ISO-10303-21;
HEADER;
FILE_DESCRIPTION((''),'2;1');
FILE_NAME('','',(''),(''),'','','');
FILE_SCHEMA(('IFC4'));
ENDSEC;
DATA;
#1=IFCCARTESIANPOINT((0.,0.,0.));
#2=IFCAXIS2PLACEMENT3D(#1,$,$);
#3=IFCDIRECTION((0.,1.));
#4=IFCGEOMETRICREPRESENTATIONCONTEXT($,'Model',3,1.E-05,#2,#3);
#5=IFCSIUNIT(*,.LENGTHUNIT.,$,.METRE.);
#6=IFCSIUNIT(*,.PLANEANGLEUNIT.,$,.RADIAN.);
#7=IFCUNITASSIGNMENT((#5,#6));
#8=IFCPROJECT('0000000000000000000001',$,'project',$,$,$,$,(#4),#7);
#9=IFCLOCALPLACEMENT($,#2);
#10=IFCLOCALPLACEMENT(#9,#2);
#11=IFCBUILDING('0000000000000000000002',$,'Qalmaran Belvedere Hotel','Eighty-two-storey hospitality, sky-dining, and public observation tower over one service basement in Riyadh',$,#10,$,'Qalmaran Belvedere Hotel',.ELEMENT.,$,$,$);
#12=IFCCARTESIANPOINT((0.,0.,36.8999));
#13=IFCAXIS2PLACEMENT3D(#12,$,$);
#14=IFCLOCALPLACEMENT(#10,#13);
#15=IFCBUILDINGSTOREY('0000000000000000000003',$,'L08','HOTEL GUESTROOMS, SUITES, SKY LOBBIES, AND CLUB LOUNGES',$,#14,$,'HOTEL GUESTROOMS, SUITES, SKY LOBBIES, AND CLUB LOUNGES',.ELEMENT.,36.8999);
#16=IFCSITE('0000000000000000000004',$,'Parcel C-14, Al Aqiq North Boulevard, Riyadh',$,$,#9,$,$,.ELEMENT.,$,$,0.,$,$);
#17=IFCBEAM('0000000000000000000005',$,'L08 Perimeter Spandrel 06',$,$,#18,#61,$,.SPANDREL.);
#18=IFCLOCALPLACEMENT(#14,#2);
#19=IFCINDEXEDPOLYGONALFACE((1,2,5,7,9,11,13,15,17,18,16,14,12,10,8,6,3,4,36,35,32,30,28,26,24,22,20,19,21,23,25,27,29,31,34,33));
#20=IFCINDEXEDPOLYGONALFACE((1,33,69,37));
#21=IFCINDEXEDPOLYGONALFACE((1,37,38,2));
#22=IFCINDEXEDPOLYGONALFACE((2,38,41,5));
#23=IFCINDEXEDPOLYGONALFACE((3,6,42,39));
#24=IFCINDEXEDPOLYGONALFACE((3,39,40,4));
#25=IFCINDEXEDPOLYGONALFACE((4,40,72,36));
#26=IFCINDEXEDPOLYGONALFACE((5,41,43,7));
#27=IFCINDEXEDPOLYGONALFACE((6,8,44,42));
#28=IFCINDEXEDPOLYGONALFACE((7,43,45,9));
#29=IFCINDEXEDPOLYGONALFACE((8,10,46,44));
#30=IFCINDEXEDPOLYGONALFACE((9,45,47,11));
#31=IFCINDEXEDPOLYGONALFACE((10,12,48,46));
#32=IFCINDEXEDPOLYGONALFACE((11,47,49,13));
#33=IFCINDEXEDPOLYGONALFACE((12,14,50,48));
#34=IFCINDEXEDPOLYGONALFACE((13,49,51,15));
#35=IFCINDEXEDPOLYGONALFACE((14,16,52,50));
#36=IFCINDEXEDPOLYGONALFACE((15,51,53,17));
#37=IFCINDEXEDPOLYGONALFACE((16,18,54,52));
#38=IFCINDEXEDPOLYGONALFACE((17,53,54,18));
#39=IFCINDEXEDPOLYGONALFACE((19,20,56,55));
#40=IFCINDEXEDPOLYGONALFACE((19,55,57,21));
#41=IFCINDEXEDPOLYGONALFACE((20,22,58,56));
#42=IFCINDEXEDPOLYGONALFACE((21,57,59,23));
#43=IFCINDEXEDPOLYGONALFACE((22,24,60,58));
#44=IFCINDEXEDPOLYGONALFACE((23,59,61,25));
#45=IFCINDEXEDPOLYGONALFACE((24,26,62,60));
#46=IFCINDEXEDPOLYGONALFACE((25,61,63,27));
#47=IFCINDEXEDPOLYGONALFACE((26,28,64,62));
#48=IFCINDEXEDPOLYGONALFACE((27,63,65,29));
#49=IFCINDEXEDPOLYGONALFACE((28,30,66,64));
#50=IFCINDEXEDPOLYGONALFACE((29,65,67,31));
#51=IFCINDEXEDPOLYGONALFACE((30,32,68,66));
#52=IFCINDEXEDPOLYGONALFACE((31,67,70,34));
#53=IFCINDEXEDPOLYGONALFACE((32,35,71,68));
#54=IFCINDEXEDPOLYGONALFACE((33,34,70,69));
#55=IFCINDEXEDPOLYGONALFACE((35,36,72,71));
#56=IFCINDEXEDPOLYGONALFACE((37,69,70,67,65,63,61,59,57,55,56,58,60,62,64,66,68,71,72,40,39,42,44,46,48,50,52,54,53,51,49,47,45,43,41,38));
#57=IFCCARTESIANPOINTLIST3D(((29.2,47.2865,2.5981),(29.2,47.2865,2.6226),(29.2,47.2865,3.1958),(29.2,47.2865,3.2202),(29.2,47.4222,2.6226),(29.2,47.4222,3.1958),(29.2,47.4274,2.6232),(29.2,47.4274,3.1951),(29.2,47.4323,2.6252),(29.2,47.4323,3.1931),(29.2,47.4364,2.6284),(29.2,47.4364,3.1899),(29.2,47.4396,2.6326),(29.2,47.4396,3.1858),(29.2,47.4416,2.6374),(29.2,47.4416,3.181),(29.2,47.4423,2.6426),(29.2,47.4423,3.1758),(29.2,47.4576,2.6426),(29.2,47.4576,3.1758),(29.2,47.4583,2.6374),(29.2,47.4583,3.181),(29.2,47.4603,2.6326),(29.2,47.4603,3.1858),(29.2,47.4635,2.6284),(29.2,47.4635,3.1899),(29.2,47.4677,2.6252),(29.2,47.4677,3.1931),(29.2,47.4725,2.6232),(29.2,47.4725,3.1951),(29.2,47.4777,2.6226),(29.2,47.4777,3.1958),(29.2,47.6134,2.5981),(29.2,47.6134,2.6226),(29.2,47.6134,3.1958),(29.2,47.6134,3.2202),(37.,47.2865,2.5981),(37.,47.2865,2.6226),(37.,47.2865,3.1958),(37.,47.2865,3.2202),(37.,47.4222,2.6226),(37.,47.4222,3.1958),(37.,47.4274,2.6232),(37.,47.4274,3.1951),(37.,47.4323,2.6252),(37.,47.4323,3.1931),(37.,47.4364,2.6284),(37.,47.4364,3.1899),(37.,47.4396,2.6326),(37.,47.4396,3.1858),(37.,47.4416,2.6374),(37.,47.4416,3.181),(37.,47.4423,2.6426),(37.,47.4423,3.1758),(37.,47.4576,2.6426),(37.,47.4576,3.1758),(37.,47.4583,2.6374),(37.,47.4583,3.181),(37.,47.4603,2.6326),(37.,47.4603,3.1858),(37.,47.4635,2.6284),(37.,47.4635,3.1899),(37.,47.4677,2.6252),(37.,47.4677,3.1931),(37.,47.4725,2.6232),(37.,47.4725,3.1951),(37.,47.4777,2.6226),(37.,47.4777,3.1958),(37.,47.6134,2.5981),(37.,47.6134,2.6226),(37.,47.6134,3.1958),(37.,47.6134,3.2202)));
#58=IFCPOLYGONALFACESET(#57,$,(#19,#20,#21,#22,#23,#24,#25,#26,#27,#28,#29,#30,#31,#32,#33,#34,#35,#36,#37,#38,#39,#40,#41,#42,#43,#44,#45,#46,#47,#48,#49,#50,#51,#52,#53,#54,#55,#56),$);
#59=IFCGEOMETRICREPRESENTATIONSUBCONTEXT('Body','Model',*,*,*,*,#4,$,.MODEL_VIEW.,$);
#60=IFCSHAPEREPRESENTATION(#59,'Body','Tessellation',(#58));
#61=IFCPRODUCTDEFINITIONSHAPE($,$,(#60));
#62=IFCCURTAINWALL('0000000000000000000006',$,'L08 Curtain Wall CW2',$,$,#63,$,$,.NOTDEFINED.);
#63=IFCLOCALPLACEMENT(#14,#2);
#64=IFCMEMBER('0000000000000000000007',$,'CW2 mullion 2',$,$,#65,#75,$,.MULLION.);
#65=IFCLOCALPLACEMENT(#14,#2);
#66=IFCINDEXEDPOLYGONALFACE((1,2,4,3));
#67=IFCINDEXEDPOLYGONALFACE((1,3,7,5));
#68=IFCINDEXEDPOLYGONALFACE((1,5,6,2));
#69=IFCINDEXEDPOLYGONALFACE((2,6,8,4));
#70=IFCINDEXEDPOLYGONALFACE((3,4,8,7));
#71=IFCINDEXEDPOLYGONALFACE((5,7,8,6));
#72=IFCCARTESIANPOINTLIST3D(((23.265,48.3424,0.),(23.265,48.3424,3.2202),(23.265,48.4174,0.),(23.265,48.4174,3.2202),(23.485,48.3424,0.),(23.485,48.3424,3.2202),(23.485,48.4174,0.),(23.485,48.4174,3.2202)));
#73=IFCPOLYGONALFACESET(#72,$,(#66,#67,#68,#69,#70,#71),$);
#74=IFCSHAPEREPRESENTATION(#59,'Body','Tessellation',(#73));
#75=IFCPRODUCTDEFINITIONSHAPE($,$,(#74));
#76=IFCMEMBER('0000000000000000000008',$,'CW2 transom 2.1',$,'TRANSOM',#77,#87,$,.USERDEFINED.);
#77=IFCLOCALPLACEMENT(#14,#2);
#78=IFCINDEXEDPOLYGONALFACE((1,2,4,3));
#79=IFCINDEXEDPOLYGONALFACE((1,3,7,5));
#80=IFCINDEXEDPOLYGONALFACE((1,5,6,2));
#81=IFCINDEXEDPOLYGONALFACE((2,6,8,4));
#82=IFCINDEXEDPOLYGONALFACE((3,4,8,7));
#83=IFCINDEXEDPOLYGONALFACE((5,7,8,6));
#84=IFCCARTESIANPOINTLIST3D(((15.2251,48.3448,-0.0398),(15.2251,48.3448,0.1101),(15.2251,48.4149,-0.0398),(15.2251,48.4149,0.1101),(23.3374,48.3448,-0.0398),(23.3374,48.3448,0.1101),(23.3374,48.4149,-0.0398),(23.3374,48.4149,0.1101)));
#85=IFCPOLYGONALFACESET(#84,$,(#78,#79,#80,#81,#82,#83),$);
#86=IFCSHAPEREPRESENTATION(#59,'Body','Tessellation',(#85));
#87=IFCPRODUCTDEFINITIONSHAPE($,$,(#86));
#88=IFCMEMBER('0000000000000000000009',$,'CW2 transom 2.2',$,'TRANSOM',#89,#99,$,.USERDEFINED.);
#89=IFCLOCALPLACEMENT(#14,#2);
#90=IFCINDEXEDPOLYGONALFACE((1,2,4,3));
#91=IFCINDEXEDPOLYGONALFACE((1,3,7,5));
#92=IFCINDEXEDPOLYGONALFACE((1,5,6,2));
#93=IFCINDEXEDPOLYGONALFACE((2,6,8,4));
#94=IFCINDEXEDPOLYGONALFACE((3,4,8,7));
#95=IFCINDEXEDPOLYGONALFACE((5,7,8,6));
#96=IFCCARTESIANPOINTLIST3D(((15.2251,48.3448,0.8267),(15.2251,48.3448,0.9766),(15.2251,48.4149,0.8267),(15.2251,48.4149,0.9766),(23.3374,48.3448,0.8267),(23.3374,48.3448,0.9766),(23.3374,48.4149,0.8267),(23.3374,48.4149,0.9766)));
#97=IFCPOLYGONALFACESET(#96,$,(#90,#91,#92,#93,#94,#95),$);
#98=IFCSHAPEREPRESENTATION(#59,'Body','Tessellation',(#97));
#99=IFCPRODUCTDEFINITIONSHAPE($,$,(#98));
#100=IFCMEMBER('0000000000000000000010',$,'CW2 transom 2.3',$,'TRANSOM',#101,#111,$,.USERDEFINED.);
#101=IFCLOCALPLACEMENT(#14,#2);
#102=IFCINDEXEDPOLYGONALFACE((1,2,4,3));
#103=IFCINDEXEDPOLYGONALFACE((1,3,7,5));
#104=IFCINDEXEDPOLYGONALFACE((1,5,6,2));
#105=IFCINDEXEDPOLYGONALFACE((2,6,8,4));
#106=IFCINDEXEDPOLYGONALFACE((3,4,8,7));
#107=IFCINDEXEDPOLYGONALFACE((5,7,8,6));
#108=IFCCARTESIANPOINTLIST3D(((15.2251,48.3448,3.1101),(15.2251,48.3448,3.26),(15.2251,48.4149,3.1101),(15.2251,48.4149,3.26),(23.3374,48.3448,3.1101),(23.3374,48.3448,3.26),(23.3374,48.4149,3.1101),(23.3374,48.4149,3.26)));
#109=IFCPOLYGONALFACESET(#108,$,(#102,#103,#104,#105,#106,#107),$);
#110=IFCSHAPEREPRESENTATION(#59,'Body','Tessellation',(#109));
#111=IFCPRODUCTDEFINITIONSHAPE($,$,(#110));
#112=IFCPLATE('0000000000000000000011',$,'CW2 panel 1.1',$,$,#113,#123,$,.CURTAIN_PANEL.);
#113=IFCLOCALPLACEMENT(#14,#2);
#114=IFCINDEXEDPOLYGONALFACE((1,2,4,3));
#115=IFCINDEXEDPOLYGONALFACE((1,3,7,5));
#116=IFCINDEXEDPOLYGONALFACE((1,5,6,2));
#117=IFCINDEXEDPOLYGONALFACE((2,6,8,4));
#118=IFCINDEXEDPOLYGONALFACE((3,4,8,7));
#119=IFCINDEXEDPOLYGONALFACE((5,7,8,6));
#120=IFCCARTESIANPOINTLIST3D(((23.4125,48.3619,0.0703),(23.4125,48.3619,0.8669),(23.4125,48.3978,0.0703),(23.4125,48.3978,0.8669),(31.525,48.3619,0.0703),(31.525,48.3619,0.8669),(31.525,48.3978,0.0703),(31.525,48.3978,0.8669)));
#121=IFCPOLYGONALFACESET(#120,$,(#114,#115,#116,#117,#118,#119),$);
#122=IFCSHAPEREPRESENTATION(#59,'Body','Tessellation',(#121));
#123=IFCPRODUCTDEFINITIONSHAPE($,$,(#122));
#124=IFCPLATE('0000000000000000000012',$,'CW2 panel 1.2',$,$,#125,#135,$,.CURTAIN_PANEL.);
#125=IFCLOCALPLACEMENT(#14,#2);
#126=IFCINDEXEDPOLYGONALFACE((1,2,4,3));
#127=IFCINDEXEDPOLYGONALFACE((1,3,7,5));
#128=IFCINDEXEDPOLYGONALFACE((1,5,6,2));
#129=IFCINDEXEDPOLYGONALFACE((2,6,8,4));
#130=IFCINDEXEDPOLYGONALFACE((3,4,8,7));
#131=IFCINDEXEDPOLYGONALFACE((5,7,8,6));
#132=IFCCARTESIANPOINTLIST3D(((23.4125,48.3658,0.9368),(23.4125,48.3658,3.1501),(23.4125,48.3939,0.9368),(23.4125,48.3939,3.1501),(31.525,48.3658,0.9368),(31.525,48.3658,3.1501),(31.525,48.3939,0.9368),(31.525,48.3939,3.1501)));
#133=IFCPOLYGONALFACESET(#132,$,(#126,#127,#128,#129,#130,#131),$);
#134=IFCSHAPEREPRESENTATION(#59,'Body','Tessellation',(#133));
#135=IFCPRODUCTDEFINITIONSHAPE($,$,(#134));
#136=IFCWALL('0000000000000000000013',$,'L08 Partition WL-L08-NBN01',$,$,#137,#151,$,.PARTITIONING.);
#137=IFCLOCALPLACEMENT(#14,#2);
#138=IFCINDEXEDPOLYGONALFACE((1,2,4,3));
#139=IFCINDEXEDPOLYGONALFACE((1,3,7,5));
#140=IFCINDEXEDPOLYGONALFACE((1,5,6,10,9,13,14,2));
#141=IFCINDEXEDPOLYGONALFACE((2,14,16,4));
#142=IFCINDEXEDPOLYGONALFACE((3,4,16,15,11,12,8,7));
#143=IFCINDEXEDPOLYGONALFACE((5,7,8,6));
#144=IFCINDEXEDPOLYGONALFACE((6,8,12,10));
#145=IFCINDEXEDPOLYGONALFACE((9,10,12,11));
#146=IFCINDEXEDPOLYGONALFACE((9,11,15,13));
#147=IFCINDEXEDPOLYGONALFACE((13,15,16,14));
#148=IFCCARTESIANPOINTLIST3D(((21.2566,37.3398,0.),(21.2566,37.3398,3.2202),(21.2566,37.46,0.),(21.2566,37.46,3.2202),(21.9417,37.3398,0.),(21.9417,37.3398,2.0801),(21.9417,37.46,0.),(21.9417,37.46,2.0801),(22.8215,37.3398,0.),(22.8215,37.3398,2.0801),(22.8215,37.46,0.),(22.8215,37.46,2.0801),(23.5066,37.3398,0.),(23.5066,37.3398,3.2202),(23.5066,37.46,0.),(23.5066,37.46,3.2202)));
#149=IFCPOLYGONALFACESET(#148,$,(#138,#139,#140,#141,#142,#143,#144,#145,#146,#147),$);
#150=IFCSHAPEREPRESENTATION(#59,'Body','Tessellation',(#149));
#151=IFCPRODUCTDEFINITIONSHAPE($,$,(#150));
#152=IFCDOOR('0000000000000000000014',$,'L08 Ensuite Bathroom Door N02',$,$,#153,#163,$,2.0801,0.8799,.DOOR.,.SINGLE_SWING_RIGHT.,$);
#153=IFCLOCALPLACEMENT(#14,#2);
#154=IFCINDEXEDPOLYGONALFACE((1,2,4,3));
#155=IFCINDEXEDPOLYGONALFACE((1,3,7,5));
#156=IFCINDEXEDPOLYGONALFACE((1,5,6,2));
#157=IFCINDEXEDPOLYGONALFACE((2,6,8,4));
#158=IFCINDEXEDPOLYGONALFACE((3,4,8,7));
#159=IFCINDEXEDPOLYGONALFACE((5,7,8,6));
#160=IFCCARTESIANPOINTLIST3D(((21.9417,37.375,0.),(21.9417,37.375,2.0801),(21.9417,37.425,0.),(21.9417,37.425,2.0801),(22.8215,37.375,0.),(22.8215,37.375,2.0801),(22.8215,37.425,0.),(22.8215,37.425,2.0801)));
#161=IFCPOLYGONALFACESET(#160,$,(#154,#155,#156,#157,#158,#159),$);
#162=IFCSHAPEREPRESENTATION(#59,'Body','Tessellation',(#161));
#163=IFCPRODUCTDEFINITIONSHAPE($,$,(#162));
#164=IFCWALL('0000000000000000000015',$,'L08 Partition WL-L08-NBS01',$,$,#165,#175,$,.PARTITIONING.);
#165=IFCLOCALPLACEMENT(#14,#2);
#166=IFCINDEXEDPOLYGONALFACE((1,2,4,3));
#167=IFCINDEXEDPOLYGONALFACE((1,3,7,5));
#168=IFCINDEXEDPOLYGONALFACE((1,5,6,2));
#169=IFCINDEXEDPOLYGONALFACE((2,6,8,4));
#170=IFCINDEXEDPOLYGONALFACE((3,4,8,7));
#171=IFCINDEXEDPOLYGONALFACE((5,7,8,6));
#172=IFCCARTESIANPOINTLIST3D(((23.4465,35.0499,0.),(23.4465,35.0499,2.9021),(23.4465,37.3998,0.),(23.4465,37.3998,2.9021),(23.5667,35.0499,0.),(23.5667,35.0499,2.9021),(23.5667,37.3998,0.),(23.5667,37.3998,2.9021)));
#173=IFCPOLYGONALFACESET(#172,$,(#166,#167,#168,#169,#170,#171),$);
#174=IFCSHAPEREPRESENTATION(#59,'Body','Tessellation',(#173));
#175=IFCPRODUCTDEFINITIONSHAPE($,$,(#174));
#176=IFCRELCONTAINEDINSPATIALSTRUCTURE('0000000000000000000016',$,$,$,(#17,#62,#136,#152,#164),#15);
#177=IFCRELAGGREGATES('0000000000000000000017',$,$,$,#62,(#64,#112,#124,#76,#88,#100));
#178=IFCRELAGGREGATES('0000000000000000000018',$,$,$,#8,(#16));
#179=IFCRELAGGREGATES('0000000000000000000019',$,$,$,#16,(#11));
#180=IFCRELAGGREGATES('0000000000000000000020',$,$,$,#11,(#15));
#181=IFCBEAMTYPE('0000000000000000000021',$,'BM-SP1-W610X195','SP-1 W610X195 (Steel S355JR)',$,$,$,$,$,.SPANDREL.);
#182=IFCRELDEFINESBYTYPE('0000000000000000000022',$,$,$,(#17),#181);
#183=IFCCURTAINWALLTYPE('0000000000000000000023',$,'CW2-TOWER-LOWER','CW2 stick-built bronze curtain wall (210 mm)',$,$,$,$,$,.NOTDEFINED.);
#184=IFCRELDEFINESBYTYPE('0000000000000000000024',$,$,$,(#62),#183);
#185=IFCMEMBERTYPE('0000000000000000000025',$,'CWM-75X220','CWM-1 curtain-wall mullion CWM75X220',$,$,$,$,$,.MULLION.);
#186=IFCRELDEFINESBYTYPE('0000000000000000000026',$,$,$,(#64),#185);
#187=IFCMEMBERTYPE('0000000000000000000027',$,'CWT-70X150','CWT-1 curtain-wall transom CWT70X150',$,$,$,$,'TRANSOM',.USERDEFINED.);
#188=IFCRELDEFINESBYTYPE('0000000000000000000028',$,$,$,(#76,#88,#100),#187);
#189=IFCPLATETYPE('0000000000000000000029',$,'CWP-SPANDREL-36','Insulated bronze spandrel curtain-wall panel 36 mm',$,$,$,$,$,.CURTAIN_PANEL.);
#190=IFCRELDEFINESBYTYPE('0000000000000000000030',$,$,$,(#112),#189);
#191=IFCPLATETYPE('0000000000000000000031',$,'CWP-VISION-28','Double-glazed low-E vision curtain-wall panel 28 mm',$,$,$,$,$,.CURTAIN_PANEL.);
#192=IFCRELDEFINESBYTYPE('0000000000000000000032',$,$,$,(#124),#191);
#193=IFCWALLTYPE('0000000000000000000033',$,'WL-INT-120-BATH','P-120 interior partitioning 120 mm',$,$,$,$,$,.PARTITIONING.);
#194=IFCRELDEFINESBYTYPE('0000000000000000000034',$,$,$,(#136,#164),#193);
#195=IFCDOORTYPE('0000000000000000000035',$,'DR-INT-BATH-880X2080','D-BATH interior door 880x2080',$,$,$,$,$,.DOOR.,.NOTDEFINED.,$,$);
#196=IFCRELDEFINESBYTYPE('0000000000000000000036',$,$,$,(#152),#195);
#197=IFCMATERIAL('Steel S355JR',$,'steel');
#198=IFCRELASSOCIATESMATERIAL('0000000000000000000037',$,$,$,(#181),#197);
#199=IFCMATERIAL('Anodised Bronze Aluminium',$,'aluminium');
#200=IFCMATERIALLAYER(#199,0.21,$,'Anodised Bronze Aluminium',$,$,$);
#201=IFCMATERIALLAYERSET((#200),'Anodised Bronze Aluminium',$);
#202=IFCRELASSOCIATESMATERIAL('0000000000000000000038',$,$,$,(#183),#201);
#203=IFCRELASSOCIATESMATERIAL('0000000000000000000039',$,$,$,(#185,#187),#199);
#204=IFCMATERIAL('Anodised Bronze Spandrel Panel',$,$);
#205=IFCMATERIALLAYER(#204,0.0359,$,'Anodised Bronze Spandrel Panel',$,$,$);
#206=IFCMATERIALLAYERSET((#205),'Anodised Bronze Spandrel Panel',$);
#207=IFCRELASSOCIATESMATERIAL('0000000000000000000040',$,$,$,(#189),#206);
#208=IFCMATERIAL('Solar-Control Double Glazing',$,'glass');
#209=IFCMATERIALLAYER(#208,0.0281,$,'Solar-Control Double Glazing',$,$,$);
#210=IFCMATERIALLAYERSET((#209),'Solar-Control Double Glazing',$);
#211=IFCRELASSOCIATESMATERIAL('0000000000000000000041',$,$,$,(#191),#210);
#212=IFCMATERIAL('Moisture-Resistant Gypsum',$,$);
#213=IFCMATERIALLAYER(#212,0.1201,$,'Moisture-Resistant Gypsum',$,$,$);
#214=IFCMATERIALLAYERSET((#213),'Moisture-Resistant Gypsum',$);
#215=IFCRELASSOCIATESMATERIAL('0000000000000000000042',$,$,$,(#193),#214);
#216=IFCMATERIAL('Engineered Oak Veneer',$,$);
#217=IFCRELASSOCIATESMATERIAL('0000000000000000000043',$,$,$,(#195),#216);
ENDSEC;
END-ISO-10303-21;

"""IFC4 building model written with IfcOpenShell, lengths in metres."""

from ifc_helpers import new_model, si_unit, direction, frame, frame_2d, origin, origin_2d, place, context, subcontext, project, spatial, rectangle, i_section, extrude, material, layer, layer_set, material_profile, profile_set, type_object, element, fill, aggregate, save


model = new_model("IFC4")

# Units and contexts
model_context = context("Model", 3, precision=1e-05, world=origin(), true_north=direction((0.0, 1.0)))
body_context = subcontext(model_context, "Body", "Model", "MODEL_VIEW")
ifc_project = project(units=[si_unit("LENGTHUNIT", "METRE"), si_unit("PLANEANGLEUNIT", "RADIAN")], contexts=[model_context])

# Site, building, storey
site_placement = place(None, origin())
site = spatial("IfcSite", under=ifc_project, at=site_placement, Name="Parcel C-14, Al Aqiq North Boulevard, Riyadh", CompositionType="ELEMENT", RefElevation=0.0)
building_placement = place(site_placement, origin())
building = spatial("IfcBuilding", under=site, at=building_placement, Name="Qalmaran Belvedere Hotel", Description="Eighty-two-storey hospitality, sky-dining, and public observation tower over one service basement in Riyadh", LongName="Qalmaran Belvedere Hotel", CompositionType="ELEMENT")
storey_placement = place(building_placement, frame((0.0, 0.0, 36.8999)))
storey = spatial("IfcBuildingStorey", under=building, at=storey_placement, Name="L08", Description="HOTEL GUESTROOMS, SUITES, SKY LOBBIES, AND CLUB LOUNGES", LongName="HOTEL GUESTROOMS, SUITES, SKY LOBBIES, AND CLUB LOUNGES", CompositionType="ELEMENT", Elevation=36.8999)

# Beam
ifc_material_1 = material(Name="Steel S355JR", Category="steel")
ifc_material_profile_1 = material_profile(ifc_material_1, i_section(OverallWidth=0.3269, OverallDepth=0.6221, WebThickness=0.0154, FlangeThickness=0.0244, FilletRadius=0.02, at=origin_2d()), Name="W610X195")
ifc_profile_set_1 = profile_set([ifc_material_profile_1], Name="Steel S355JR")
beam_type_1 = type_object("IfcBeamType", Name="BM-SP1-W610X195", Description="SP-1 W610X195 (Steel S355JR)", PredefinedType="SPANDREL", material=ifc_profile_set_1)
beam_1_placement = place(storey_placement, frame((29.2, 47.45, 2.9092), z_axis=(1.0, 0.0, 0.0), x_axis=(0.0, 1.0, 0.0)))
element("IfcBeam", 1, at=beam_1_placement, inside=storey, type_object=beam_type_1, Name="L08 Perimeter Spandrel 06", PredefinedType="SPANDREL", context=body_context, shape_type="SweptSolid", body=[
    extrude(i_section(OverallWidth=0.3269, OverallDepth=0.6221, WebThickness=0.0154, FlangeThickness=0.0244, FilletRadius=0.02, at=origin_2d()), origin(), (0.0, 0.0, 1.0), 7.8),
])

# Curtain wall, members, plates
ifc_material_2 = material(Name="Anodised Bronze Aluminium", Category="aluminium")
ifc_layer_1 = layer(ifc_material_2, 0.21, Name="Anodised Bronze Aluminium")
ifc_layer_set_1 = layer_set([ifc_layer_1], Name="Anodised Bronze Aluminium")
curtain_wall_type = type_object("IfcCurtainWallType", Name="CW2-TOWER-LOWER", Description="CW2 stick-built bronze curtain wall (210 mm)", PredefinedType="NOTDEFINED", material=ifc_layer_set_1)
curtain_wall_placement = place(storey_placement, origin())
curtain_wall = element("IfcCurtainWall", 2, at=curtain_wall_placement, inside=storey, type_object=curtain_wall_type, Name="L08 Curtain Wall CW2", PredefinedType="NOTDEFINED")
ifc_material_profile_2 = material_profile(ifc_material_2, rectangle(XDim=0.075, YDim=0.22, at=origin_2d()), Name="CWM75X220")
ifc_profile_set_2 = profile_set([ifc_material_profile_2], Name="Anodised Bronze Aluminium")
member_type_1 = type_object("IfcMemberType", Name="CWM-75X220", Description="CWM-1 curtain-wall mullion CWM75X220", PredefinedType="MULLION", material=ifc_profile_set_2)
member_1_placement = place(storey_placement, frame((23.375, 48.3799, 0.0), z_axis=(0.0, 0.0, 1.0), x_axis=(0.0, -1.0, 0.0)))
member_1 = element("IfcMember", 3, at=member_1_placement, type_object=member_type_1, Name="CW2 mullion 2", PredefinedType="MULLION", context=body_context, shape_type="SweptSolid", body=[
    extrude(rectangle(XDim=0.075, YDim=0.22, at=origin_2d()), origin(), (0.0, 0.0, 1.0), 3.2202),
])
ifc_material_profile_3 = material_profile(ifc_material_2, rectangle(XDim=0.0701, YDim=0.1499, at=origin_2d()), Name="CWT70X150")
ifc_profile_set_3 = profile_set([ifc_material_profile_3], Name="Anodised Bronze Aluminium")
member_type_2 = type_object("IfcMemberType", Name="CWT-70X150", Description="CWT-1 curtain-wall transom CWT70X150", ElementType="TRANSOM", PredefinedType="USERDEFINED", material=ifc_profile_set_3)
member_2_placement = place(storey_placement, frame((23.3374, 48.3799, 0.0352), z_axis=(-1.0, 0.0, 0.0), x_axis=(0.0, -1.0, 0.0)))
member_2 = element("IfcMember", 4, at=member_2_placement, type_object=member_type_2, Name="CW2 transom 2.1", ObjectType="TRANSOM", PredefinedType="USERDEFINED", context=body_context, shape_type="SweptSolid", body=[
    extrude(rectangle(XDim=0.0701, YDim=0.1499, at=origin_2d()), origin(), (0.0, 0.0, 1.0), 8.1123),
])
member_3_placement = place(storey_placement, frame((23.3374, 48.3799, 0.9016), z_axis=(-1.0, 0.0, 0.0), x_axis=(0.0, -1.0, 0.0)))
member_3 = element("IfcMember", 5, at=member_3_placement, type_object=member_type_2, Name="CW2 transom 2.2", ObjectType="TRANSOM", PredefinedType="USERDEFINED", context=body_context, shape_type="SweptSolid", body=[
    extrude(rectangle(XDim=0.0701, YDim=0.1499, at=origin_2d()), origin(), (0.0, 0.0, 1.0), 8.1123),
])
member_4_placement = place(storey_placement, frame((23.3374, 48.3799, 3.1851), z_axis=(-1.0, 0.0, 0.0), x_axis=(0.0, -1.0, 0.0)))
member_4 = element("IfcMember", 6, at=member_4_placement, type_object=member_type_2, Name="CW2 transom 2.3", ObjectType="TRANSOM", PredefinedType="USERDEFINED", context=body_context, shape_type="SweptSolid", body=[
    extrude(rectangle(XDim=0.0701, YDim=0.1499, at=origin_2d()), origin(), (0.0, 0.0, 1.0), 8.1123),
])
ifc_material_3 = material(Name="Anodised Bronze Spandrel Panel")
ifc_layer_2 = layer(ifc_material_3, 0.0359, Name="Anodised Bronze Spandrel Panel")
ifc_layer_set_2 = layer_set([ifc_layer_2], Name="Anodised Bronze Spandrel Panel")
plate_type_1 = type_object("IfcPlateType", Name="CWP-SPANDREL-36", Description="Insulated bronze spandrel curtain-wall panel 36 mm", PredefinedType="CURTAIN_PANEL", material=ifc_layer_set_2)
plate_1_placement = place(storey_placement, frame((27.4688, 48.3799, 0.0703), z_axis=(0.0, 0.0, 1.0), x_axis=(-1.0, 0.0, 0.0)))
plate_1 = element("IfcPlate", 7, at=plate_1_placement, type_object=plate_type_1, Name="CW2 panel 1.1", PredefinedType="CURTAIN_PANEL", context=body_context, shape_type="SweptSolid", body=[
    extrude(rectangle(XDim=8.1125, YDim=0.0359, at=origin_2d()), origin(), (0.0, 0.0, 1.0), 0.7966),
])
ifc_material_4 = material(Name="Solar-Control Double Glazing", Category="glass")
ifc_layer_3 = layer(ifc_material_4, 0.0281, Name="Solar-Control Double Glazing")
ifc_layer_set_3 = layer_set([ifc_layer_3], Name="Solar-Control Double Glazing")
plate_type_2 = type_object("IfcPlateType", Name="CWP-VISION-28", Description="Double-glazed low-E vision curtain-wall panel 28 mm", PredefinedType="CURTAIN_PANEL", material=ifc_layer_set_3)
plate_2_placement = place(storey_placement, frame((27.4688, 48.3799, 0.9368), z_axis=(0.0, 0.0, 1.0), x_axis=(-1.0, 0.0, 0.0)))
plate_2 = element("IfcPlate", 8, at=plate_2_placement, type_object=plate_type_2, Name="CW2 panel 1.2", PredefinedType="CURTAIN_PANEL", context=body_context, shape_type="SweptSolid", body=[
    extrude(rectangle(XDim=8.1125, YDim=0.0281, at=origin_2d()), origin(), (0.0, 0.0, 1.0), 2.2134),
])
aggregate(curtain_wall, [member_1, plate_1, plate_2, member_2, member_3, member_4])

# Wall, opening, door
ifc_material_5 = material(Name="Moisture-Resistant Gypsum")
ifc_layer_4 = layer(ifc_material_5, 0.1201, Name="Moisture-Resistant Gypsum")
ifc_layer_set_4 = layer_set([ifc_layer_4], Name="Moisture-Resistant Gypsum")
wall_type_1 = type_object("IfcWallType", Name="WL-INT-120-BATH", Description="P-120 interior partitioning 120 mm", PredefinedType="PARTITIONING", material=ifc_layer_set_4)
wall_1_placement = place(storey_placement, frame((21.2566, 37.3999, 0.0), z_axis=(0.0, 0.0, 1.0), x_axis=(1.0, 0.0, 0.0)))
wall_1 = element("IfcWall", 9, at=wall_1_placement, inside=storey, type_object=wall_type_1, Name="L08 Partition WL-L08-NBN01", PredefinedType="PARTITIONING", context=body_context, shape_type="SweptSolid", body=[
    extrude(rectangle(XDim=2.25, YDim=0.1201, at=frame_2d((1.125, 0.0))), origin(), (0.0, 0.0, 1.0), 3.2202),
])
opening_1_placement = place(wall_1_placement, frame((1.5649, 0.0, 0.0), z_axis=(0.0, 0.0, 1.0), x_axis=(-1.0, 0.0, 0.0)))
opening_1 = element("IfcOpeningElement", 10, at=opening_1_placement, cuts=wall_1, PredefinedType="OPENING", context=body_context, shape_type="SweptSolid", body=[
    extrude(rectangle(XDim=0.8799, YDim=2.0801, at=frame_2d((0.4399, 1.04))), frame((0.0, 0.0701, 0.0), z_axis=(0.0, -1.0, 0.0), x_axis=(1.0, 0.0, 0.0)), (0.0, 0.0, 1.0), 0.1401),
])
ifc_material_6 = material(Name="Engineered Oak Veneer")
door_type_1 = type_object("IfcDoorType", Name="DR-INT-BATH-880X2080", Description="D-BATH interior door 880x2080", OperationType="NOTDEFINED", PredefinedType="DOOR", material=ifc_material_6)
door_1_placement = place(opening_1_placement, origin())
door_1 = element("IfcDoor", 11, at=door_1_placement, inside=storey, type_object=door_type_1, Name="L08 Ensuite Bathroom Door N02", OperationType="SINGLE_SWING_RIGHT", OverallHeight=2.0801, OverallWidth=0.8799, PredefinedType="DOOR", context=body_context, shape_type="SweptSolid", body=[
    extrude(rectangle(XDim=0.8799, YDim=2.0801, at=frame_2d((0.4399, 1.04))), frame((0.0, 0.0249, 0.0), z_axis=(0.0, -1.0, 0.0), x_axis=(1.0, 0.0, 0.0)), (0.0, 0.0, 1.0), 0.05),
])
fill(opening_1, door_1)

# Wall
wall_2_placement = place(storey_placement, frame((23.5066, 35.05, 0.0), z_axis=(0.0, 0.0, 1.0), x_axis=(0.0, 1.0, 0.0)))
element("IfcWall", 12, at=wall_2_placement, inside=storey, type_object=wall_type_1, Name="L08 Partition WL-L08-NBS01", PredefinedType="PARTITIONING", context=body_context, shape_type="SweptSolid", body=[
    extrude(rectangle(XDim=2.3499, YDim=0.1201, at=frame_2d((1.1748, 0.0))), origin(), (0.0, 0.0, 1.0), 2.9021),
])

save(model, "model.ifc")
